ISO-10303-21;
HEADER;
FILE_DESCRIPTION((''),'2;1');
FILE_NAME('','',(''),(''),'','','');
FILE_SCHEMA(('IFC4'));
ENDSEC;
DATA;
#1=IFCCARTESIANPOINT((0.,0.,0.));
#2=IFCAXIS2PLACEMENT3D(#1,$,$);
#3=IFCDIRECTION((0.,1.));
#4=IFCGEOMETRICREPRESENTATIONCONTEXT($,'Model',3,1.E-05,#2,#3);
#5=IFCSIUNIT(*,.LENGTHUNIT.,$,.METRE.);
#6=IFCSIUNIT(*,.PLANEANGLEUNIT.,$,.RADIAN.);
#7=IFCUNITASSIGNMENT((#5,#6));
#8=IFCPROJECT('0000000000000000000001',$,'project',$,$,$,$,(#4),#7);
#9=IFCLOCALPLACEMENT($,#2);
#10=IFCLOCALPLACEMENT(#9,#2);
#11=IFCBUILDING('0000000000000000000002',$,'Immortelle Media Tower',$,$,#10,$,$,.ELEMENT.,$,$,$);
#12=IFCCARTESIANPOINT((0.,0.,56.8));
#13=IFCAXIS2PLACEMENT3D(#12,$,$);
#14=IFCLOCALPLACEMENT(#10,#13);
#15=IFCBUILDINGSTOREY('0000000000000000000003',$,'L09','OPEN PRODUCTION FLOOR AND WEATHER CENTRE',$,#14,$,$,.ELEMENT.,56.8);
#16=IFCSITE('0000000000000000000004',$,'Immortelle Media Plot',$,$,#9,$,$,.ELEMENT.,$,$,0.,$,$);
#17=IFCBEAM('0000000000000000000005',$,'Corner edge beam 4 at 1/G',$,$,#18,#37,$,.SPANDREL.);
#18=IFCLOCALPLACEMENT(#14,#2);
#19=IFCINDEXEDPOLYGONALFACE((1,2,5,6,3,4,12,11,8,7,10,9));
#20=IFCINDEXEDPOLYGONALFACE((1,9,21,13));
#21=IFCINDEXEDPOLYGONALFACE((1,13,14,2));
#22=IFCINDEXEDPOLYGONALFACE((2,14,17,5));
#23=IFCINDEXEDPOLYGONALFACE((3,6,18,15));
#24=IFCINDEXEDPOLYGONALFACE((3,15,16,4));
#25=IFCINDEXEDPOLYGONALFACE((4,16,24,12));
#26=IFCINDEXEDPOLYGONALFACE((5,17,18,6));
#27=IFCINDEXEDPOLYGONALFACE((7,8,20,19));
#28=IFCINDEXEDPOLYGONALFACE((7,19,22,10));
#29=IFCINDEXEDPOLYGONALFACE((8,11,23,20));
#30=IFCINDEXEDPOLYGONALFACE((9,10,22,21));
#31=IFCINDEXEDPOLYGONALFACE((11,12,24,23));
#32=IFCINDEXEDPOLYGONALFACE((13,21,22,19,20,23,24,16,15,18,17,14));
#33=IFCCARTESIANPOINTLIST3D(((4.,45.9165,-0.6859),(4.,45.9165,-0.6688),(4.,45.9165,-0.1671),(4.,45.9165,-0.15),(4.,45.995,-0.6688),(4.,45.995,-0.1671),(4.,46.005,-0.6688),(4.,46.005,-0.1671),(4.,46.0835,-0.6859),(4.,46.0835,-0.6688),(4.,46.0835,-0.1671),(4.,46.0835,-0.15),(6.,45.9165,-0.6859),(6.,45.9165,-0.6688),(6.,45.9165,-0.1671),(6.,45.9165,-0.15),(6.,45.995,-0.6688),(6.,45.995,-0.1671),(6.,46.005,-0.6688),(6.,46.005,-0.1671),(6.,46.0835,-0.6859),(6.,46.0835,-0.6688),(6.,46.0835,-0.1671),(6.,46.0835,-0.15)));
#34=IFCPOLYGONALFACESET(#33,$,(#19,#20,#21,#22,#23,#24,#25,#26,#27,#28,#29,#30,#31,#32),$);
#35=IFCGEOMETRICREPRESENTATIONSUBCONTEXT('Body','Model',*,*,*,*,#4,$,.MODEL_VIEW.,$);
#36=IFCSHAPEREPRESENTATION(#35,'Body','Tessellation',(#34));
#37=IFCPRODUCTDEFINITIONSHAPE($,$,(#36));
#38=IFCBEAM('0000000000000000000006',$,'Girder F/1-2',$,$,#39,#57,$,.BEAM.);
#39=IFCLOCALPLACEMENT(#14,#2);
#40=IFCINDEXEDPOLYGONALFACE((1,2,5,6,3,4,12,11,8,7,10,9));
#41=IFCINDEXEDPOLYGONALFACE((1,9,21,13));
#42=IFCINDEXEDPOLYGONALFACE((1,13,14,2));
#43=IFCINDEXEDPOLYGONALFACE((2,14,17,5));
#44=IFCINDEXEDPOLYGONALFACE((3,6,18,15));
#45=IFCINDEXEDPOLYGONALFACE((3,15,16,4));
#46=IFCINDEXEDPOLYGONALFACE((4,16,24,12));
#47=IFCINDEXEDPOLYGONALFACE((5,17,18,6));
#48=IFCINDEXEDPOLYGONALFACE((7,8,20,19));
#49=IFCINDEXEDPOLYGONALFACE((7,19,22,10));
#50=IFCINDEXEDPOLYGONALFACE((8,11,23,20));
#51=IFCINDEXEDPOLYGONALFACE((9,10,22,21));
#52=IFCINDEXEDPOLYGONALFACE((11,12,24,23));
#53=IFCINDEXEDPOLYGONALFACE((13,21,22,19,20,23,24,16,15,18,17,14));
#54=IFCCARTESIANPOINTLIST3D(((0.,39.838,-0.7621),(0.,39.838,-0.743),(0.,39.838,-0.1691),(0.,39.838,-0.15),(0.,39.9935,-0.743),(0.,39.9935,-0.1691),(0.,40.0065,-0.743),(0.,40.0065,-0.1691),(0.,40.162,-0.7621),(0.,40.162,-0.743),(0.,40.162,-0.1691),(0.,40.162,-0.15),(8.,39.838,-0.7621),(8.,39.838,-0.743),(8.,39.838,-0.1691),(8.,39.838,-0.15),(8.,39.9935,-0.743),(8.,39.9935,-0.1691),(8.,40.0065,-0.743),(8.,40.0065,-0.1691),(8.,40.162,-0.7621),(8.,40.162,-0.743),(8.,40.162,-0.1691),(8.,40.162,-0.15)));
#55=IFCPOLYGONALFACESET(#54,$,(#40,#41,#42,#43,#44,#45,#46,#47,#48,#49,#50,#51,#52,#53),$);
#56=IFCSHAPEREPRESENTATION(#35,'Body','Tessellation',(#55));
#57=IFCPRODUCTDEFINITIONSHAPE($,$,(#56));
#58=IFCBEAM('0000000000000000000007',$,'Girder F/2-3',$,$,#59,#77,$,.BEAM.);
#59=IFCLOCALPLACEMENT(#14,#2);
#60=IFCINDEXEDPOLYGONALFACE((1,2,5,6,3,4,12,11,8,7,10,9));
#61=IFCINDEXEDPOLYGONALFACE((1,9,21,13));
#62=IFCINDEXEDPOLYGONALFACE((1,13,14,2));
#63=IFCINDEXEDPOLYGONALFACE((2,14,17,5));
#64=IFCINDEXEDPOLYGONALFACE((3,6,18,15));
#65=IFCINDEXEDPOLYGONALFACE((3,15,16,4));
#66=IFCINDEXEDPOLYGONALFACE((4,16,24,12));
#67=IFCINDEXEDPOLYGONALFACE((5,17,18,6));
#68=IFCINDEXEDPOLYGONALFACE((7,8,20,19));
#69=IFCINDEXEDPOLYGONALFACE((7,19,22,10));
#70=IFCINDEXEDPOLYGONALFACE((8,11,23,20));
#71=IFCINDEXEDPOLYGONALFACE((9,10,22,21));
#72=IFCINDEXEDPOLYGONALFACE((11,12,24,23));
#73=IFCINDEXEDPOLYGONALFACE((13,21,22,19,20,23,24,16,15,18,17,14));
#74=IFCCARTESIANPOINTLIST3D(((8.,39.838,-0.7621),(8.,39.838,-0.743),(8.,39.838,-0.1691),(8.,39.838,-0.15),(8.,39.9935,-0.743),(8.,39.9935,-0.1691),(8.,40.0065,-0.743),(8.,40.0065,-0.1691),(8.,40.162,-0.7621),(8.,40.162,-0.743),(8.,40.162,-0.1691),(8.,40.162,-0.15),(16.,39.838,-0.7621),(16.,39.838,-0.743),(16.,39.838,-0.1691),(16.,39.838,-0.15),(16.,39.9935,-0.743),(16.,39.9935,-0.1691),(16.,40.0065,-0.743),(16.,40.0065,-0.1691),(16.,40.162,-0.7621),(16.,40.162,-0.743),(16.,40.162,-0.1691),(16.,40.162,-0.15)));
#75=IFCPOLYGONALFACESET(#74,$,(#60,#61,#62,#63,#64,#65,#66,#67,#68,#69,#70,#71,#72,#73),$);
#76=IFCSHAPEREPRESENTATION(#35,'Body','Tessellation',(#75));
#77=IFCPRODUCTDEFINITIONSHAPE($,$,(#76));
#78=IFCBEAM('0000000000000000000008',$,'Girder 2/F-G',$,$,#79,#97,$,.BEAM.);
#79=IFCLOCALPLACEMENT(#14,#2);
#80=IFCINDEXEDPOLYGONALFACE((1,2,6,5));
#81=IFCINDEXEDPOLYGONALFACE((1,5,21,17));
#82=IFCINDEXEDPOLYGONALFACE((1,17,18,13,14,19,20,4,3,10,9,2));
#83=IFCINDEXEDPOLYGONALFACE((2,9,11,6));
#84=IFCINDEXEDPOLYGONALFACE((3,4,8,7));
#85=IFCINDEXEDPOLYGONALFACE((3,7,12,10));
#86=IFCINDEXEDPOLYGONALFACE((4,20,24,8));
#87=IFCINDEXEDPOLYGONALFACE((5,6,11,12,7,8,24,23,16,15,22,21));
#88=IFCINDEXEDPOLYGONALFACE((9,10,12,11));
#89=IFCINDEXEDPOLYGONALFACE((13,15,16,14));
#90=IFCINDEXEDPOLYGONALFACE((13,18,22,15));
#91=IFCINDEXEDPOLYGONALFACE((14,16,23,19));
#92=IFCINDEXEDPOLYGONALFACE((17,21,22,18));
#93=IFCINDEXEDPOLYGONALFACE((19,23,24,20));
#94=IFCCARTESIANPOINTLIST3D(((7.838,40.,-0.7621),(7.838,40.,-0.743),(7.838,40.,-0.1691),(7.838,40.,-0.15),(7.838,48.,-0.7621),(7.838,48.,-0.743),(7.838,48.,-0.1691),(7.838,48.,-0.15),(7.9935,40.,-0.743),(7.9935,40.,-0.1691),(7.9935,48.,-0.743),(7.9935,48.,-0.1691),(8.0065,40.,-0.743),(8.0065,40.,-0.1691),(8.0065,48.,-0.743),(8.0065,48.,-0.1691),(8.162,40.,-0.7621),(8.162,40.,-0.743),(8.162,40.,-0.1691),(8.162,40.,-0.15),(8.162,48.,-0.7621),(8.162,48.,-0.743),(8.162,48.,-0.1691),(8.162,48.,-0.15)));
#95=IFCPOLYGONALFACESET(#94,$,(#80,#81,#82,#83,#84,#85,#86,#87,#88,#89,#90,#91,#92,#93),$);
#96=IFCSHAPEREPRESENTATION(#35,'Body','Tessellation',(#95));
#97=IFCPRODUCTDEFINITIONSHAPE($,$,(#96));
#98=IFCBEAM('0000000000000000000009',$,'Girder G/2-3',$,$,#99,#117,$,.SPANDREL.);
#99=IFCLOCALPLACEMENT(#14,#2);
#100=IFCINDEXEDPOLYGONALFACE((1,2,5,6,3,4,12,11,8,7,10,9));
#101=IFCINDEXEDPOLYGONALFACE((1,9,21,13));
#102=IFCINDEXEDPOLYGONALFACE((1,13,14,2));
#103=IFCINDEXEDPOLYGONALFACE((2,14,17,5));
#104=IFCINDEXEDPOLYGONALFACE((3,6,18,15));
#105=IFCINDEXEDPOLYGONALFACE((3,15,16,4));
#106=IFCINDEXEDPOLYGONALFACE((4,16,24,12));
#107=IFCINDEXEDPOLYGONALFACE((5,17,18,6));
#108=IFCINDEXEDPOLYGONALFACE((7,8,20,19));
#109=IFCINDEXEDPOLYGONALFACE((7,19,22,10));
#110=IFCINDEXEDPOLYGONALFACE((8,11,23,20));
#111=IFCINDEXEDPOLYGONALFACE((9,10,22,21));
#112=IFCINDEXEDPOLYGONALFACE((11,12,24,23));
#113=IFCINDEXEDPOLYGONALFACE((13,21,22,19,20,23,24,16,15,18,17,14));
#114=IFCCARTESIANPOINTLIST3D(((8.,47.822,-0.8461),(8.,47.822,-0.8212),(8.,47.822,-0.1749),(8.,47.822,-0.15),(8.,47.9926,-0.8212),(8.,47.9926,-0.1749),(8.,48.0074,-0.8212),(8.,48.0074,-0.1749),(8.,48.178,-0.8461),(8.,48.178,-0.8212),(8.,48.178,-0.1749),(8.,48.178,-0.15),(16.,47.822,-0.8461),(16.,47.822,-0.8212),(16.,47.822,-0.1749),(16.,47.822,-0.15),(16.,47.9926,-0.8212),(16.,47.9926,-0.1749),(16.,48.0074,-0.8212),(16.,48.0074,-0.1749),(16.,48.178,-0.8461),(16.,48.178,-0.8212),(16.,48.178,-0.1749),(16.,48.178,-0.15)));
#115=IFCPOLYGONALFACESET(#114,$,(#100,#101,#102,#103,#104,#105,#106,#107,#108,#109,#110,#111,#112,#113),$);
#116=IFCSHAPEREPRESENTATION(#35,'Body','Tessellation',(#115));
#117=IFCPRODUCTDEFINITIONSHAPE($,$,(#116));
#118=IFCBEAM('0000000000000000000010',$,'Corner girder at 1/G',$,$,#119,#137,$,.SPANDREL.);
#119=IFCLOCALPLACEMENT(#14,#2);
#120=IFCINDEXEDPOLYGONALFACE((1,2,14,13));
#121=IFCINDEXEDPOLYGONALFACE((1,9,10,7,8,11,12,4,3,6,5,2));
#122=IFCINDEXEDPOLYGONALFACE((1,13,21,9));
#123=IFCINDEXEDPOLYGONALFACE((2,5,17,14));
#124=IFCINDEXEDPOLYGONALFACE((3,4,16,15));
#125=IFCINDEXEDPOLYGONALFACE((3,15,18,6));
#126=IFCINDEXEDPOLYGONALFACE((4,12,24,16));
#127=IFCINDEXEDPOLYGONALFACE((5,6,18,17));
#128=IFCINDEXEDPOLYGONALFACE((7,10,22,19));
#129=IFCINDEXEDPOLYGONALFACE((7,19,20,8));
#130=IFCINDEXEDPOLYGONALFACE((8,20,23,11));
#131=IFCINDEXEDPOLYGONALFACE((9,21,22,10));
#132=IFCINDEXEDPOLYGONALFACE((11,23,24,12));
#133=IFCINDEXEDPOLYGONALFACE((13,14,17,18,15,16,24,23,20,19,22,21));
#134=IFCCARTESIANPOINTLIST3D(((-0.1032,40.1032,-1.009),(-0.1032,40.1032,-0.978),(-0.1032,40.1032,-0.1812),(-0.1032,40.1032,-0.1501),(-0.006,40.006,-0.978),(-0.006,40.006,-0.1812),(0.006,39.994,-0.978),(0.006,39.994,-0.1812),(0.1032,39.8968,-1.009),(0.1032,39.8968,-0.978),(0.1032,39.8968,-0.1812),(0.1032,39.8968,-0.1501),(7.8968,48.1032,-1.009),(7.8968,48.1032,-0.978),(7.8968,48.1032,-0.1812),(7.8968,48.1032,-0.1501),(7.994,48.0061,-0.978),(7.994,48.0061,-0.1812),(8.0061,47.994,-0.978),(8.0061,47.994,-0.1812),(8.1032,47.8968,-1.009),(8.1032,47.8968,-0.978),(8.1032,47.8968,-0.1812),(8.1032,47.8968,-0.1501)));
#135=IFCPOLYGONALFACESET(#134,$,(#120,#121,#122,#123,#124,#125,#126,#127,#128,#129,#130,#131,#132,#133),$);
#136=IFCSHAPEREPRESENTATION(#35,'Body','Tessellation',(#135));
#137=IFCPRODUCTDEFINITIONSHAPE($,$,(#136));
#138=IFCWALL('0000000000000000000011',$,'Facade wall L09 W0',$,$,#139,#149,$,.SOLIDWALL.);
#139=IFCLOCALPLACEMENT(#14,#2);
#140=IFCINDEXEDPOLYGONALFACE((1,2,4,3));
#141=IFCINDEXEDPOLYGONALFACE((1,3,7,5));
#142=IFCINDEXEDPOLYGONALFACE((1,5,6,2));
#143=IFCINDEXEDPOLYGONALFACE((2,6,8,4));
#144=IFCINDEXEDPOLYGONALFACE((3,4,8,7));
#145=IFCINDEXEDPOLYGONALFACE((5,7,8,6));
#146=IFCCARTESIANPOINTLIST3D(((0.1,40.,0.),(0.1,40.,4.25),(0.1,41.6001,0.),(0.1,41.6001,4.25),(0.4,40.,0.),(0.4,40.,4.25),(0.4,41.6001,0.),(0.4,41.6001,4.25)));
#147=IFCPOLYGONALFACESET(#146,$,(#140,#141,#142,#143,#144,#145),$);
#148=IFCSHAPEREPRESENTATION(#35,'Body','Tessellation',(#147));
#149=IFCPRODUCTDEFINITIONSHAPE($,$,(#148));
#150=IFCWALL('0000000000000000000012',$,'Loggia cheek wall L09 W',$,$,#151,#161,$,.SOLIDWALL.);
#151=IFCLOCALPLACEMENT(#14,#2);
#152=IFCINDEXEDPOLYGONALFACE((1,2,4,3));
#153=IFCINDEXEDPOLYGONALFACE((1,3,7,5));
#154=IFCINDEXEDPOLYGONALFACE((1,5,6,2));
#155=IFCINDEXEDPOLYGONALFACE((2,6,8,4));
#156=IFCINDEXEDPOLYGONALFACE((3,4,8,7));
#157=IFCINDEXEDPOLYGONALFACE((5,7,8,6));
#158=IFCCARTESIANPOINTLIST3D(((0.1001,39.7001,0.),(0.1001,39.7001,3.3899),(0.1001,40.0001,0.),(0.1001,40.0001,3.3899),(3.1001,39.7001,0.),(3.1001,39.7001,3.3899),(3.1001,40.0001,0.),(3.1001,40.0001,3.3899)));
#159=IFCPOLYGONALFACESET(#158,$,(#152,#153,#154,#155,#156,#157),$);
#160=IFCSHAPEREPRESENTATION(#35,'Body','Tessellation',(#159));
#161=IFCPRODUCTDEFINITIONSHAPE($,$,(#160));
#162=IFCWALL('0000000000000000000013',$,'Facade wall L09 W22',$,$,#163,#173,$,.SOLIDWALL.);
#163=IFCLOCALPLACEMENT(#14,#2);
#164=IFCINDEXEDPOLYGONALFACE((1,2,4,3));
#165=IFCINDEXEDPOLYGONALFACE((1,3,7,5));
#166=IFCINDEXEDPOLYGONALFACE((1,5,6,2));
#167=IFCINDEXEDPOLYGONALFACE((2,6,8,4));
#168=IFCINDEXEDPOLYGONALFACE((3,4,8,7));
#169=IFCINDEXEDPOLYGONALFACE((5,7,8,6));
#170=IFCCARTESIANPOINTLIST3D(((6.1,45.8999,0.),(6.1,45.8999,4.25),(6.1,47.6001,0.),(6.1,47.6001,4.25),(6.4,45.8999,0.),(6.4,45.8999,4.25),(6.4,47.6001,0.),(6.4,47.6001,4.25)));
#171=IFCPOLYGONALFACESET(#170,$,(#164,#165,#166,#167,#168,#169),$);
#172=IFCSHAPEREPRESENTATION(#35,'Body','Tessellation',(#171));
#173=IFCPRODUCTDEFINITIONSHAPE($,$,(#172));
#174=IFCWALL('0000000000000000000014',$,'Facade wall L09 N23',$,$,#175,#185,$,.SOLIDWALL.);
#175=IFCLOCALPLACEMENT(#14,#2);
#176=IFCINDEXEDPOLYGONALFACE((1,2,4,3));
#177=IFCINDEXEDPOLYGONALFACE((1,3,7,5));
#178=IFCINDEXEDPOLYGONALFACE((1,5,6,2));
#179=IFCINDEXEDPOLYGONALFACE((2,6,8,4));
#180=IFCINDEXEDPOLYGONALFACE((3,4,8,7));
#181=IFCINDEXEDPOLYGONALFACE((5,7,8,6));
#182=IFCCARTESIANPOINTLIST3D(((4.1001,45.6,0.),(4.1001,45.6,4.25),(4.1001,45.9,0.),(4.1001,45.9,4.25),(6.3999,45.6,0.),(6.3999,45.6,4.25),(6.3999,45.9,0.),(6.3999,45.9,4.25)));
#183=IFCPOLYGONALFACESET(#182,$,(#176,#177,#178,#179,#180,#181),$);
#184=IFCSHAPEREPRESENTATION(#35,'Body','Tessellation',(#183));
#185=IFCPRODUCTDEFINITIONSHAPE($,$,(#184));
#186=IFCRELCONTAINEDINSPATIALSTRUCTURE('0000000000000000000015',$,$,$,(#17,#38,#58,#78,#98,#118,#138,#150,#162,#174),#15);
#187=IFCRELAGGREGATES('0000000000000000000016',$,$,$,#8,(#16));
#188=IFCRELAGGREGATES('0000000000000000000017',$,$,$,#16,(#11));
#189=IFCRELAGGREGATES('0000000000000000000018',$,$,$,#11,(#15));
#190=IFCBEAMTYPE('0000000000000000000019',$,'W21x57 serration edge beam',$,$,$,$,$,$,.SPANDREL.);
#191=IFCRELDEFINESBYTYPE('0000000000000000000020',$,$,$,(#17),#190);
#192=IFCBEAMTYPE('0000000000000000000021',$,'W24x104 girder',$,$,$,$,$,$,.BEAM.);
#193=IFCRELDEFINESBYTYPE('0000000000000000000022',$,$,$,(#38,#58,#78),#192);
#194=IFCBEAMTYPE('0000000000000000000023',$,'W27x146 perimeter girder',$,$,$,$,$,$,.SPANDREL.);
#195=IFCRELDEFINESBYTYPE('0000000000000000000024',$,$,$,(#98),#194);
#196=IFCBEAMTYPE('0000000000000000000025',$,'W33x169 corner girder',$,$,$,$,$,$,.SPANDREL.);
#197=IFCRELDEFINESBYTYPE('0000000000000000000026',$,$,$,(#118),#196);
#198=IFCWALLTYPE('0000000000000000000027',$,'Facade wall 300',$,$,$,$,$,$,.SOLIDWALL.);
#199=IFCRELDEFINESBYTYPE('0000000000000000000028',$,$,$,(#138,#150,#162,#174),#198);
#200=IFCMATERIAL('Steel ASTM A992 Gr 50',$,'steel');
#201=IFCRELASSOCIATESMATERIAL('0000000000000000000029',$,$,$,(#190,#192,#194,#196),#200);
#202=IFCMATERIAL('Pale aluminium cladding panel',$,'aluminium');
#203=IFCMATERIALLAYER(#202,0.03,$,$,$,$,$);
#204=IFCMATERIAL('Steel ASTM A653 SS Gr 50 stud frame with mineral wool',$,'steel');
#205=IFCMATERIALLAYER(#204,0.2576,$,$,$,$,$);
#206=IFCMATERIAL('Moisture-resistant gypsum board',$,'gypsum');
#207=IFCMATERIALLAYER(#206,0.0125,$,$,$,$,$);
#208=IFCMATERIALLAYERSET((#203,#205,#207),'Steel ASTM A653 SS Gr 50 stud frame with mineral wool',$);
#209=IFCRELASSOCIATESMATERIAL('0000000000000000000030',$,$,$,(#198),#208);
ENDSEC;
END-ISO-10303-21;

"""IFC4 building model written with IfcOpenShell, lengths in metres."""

from ifc_helpers import new_model, si_unit, direction, frame, frame_2d, origin, origin_2d, place, context, subcontext, project, spatial, rectangle, i_section, extrude, material, layer, layer_set, material_profile, profile_set, type_object, element, save


model = new_model("IFC4")

# Units and contexts
model_context = context("Model", 3, precision=1e-05, world=origin(), true_north=direction((0.0, 1.0)))
body_context = subcontext(model_context, "Body", "Model", "MODEL_VIEW")
ifc_project = project(units=[si_unit("LENGTHUNIT", "METRE"), si_unit("PLANEANGLEUNIT", "RADIAN")], contexts=[model_context])

# Site, building, storey
site_placement = place(None, origin())
site = spatial("IfcSite", under=ifc_project, at=site_placement, Name="Immortelle Media Plot", CompositionType="ELEMENT", RefElevation=0.0)
building_placement = place(site_placement, origin())
building = spatial("IfcBuilding", under=site, at=building_placement, Name="Immortelle Media Tower", CompositionType="ELEMENT")
storey_placement = place(building_placement, frame((0.0, 0.0, 56.8)))
storey = spatial("IfcBuildingStorey", under=building, at=storey_placement, Name="L09", Description="OPEN PRODUCTION FLOOR AND WEATHER CENTRE", CompositionType="ELEMENT", Elevation=56.8)

# Shared definitions
ifc_material_1 = material(Name="Steel ASTM A992 Gr 50", Category="steel")

# Beams
ifc_material_profile_1 = material_profile(ifc_material_1, i_section(OverallWidth=0.167, OverallDepth=0.5359, WebThickness=0.01, FlangeThickness=0.0171, at=origin_2d()), Name="W21x57")
ifc_profile_set_1 = profile_set([ifc_material_profile_1], Name="Steel ASTM A992 Gr 50")
beam_type_1 = type_object("IfcBeamType", Name="W21x57 serration edge beam", PredefinedType="SPANDREL", material=ifc_profile_set_1)
for number, where, z_axis, x_axis, name in (
    (1, (4.0, 46.0, -0.418), (1.0, 0.0, 0.0), (0.0, 1.0, 0.0), "Corner edge beam 4 at 1/G"),
):
    element("IfcBeam", number, at=place(storey_placement, frame(where, z_axis=z_axis, x_axis=x_axis)), inside=storey, type_object=beam_type_1, Name=name, PredefinedType="SPANDREL", context=body_context, shape_type="SweptSolid", body=[
        extrude(i_section(OverallWidth=0.167, OverallDepth=0.5359, WebThickness=0.01, FlangeThickness=0.0171, at=origin_2d()), origin(), (0.0, 0.0, 1.0), 2.0),
    ])
ifc_material_profile_2 = material_profile(ifc_material_1, i_section(OverallWidth=0.324, OverallDepth=0.6121, WebThickness=0.0129, FlangeThickness=0.019, at=origin_2d()), Name="W24x104")
ifc_profile_set_2 = profile_set([ifc_material_profile_2], Name="Steel ASTM A992 Gr 50")
beam_type_2 = type_object("IfcBeamType", Name="W24x104 girder", PredefinedType="BEAM", material=ifc_profile_set_2)
for number, where, z_axis, x_axis, name in (
    (2, (0.0, 40.0, -0.4561), (1.0, 0.0, 0.0), (0.0, 1.0, 0.0), "Girder F/1-2"),
    (3, (8.0, 40.0, -0.4561), (1.0, 0.0, 0.0), (0.0, 1.0, 0.0), "Girder F/2-3"),
    (4, (8.0, 40.0, -0.4561), (0.0, 1.0, 0.0), (-1.0, 0.0, 0.0), "Girder 2/F-G"),
):
    element("IfcBeam", number, at=place(storey_placement, frame(where, z_axis=z_axis, x_axis=x_axis)), inside=storey, type_object=beam_type_2, Name=name, PredefinedType="BEAM", context=body_context, shape_type="SweptSolid", body=[
        extrude(i_section(OverallWidth=0.324, OverallDepth=0.6121, WebThickness=0.0129, FlangeThickness=0.019, at=origin_2d()), origin(), (0.0, 0.0, 1.0), 8.0),
    ])
ifc_material_profile_3 = material_profile(ifc_material_1, i_section(OverallWidth=0.356, OverallDepth=0.696, WebThickness=0.0149, FlangeThickness=0.0249, at=origin_2d()), Name="W27x146")
ifc_profile_set_3 = profile_set([ifc_material_profile_3], Name="Steel ASTM A992 Gr 50")
beam_type_3 = type_object("IfcBeamType", Name="W27x146 perimeter girder", PredefinedType="SPANDREL", material=ifc_profile_set_3)
beam_1_placement = place(storey_placement, frame((8.0, 48.0, -0.498), z_axis=(1.0, 0.0, 0.0), x_axis=(0.0, 1.0, 0.0)))
element("IfcBeam", 5, at=beam_1_placement, inside=storey, type_object=beam_type_3, Name="Girder G/2-3", PredefinedType="SPANDREL", context=body_context, shape_type="SweptSolid", body=[
    extrude(i_section(OverallWidth=0.356, OverallDepth=0.696, WebThickness=0.0149, FlangeThickness=0.0249, at=origin_2d()), origin(), (0.0, 0.0, 1.0), 8.0),
])
ifc_material_profile_4 = material_profile(ifc_material_1, i_section(OverallWidth=0.292, OverallDepth=0.8589, WebThickness=0.0171, FlangeThickness=0.031, at=origin_2d()), Name="W33x169")
ifc_profile_set_4 = profile_set([ifc_material_profile_4], Name="Steel ASTM A992 Gr 50")
beam_type_4 = type_object("IfcBeamType", Name="W33x169 corner girder", PredefinedType="SPANDREL", material=ifc_profile_set_4)
beam_2_placement = place(storey_placement, frame((0.0, 40.0, -0.5796), z_axis=(0.707107, 0.707107, 0.0), x_axis=(-0.707107, 0.707107, 0.0)))
element("IfcBeam", 6, at=beam_2_placement, inside=storey, type_object=beam_type_4, Name="Corner girder at 1/G", PredefinedType="SPANDREL", context=body_context, shape_type="SweptSolid", body=[
    extrude(i_section(OverallWidth=0.292, OverallDepth=0.8589, WebThickness=0.0171, FlangeThickness=0.031, at=origin_2d()), origin(), (0.0, 0.0, 1.0), 11.3137),
])

# Wall
ifc_material_2 = material(Name="Pale aluminium cladding panel", Category="aluminium")
ifc_layer_1 = layer(ifc_material_2, 0.03)
ifc_material_3 = material(Name="Steel ASTM A653 SS Gr 50 stud frame with mineral wool", Category="steel")
ifc_layer_2 = layer(ifc_material_3, 0.2576)
ifc_material_4 = material(Name="Moisture-resistant gypsum board", Category="gypsum")
ifc_layer_3 = layer(ifc_material_4, 0.0125)
ifc_layer_set_1 = layer_set([ifc_layer_1, ifc_layer_2, ifc_layer_3], Name="Steel ASTM A653 SS Gr 50 stud frame with mineral wool")
wall_type_1 = type_object("IfcWallType", Name="Facade wall 300", PredefinedType="SOLIDWALL", material=ifc_layer_set_1)
wall_1_placement = place(storey_placement, frame((0.25, 41.6001, 0.0), z_axis=(0.0, 0.0, 1.0), x_axis=(0.0, -1.0, 0.0)))
element("IfcWall", 7, at=wall_1_placement, inside=storey, type_object=wall_type_1, Name="Facade wall L09 W0", PredefinedType="SOLIDWALL", context=body_context, shape_type="SweptSolid", body=[
    extrude(rectangle(XDim=1.6001, YDim=0.3, at=frame_2d((0.8, 0.0))), origin(), (0.0, 0.0, 1.0), 4.25),
])

# Walls
wall_2_placement = place(storey_placement, frame((0.1001, 39.8501, 0.0), z_axis=(0.0, 0.0, 1.0), x_axis=(1.0, 0.0, 0.0)))
element("IfcWall", 8, at=wall_2_placement, inside=storey, type_object=wall_type_1, Name="Loggia cheek wall L09 W", PredefinedType="SOLIDWALL", context=body_context, shape_type="SweptSolid", body=[
    extrude(rectangle(XDim=3.0, YDim=0.3, at=frame_2d((1.5, 0.0))), origin(), (0.0, 0.0, 1.0), 3.3899),
])
wall_3_placement = place(storey_placement, frame((6.25, 47.6001, 0.0), z_axis=(0.0, 0.0, 1.0), x_axis=(0.0, -1.0, 0.0)))
element("IfcWall", 9, at=wall_3_placement, inside=storey, type_object=wall_type_1, Name="Facade wall L09 W22", PredefinedType="SOLIDWALL", context=body_context, shape_type="SweptSolid", body=[
    extrude(rectangle(XDim=1.7002, YDim=0.3, at=frame_2d((0.8501, 0.0))), origin(), (0.0, 0.0, 1.0), 4.25),
])
wall_4_placement = place(storey_placement, frame((6.3999, 45.75, 0.0), z_axis=(0.0, 0.0, 1.0), x_axis=(-1.0, 0.0, 0.0)))
element("IfcWall", 10, at=wall_4_placement, inside=storey, type_object=wall_type_1, Name="Facade wall L09 N23", PredefinedType="SOLIDWALL", context=body_context, shape_type="SweptSolid", body=[
    extrude(rectangle(XDim=2.2998, YDim=0.3, at=frame_2d((1.1499, 0.0))), origin(), (0.0, 0.0, 1.0), 4.25),
])

save(model, "model.ifc")
